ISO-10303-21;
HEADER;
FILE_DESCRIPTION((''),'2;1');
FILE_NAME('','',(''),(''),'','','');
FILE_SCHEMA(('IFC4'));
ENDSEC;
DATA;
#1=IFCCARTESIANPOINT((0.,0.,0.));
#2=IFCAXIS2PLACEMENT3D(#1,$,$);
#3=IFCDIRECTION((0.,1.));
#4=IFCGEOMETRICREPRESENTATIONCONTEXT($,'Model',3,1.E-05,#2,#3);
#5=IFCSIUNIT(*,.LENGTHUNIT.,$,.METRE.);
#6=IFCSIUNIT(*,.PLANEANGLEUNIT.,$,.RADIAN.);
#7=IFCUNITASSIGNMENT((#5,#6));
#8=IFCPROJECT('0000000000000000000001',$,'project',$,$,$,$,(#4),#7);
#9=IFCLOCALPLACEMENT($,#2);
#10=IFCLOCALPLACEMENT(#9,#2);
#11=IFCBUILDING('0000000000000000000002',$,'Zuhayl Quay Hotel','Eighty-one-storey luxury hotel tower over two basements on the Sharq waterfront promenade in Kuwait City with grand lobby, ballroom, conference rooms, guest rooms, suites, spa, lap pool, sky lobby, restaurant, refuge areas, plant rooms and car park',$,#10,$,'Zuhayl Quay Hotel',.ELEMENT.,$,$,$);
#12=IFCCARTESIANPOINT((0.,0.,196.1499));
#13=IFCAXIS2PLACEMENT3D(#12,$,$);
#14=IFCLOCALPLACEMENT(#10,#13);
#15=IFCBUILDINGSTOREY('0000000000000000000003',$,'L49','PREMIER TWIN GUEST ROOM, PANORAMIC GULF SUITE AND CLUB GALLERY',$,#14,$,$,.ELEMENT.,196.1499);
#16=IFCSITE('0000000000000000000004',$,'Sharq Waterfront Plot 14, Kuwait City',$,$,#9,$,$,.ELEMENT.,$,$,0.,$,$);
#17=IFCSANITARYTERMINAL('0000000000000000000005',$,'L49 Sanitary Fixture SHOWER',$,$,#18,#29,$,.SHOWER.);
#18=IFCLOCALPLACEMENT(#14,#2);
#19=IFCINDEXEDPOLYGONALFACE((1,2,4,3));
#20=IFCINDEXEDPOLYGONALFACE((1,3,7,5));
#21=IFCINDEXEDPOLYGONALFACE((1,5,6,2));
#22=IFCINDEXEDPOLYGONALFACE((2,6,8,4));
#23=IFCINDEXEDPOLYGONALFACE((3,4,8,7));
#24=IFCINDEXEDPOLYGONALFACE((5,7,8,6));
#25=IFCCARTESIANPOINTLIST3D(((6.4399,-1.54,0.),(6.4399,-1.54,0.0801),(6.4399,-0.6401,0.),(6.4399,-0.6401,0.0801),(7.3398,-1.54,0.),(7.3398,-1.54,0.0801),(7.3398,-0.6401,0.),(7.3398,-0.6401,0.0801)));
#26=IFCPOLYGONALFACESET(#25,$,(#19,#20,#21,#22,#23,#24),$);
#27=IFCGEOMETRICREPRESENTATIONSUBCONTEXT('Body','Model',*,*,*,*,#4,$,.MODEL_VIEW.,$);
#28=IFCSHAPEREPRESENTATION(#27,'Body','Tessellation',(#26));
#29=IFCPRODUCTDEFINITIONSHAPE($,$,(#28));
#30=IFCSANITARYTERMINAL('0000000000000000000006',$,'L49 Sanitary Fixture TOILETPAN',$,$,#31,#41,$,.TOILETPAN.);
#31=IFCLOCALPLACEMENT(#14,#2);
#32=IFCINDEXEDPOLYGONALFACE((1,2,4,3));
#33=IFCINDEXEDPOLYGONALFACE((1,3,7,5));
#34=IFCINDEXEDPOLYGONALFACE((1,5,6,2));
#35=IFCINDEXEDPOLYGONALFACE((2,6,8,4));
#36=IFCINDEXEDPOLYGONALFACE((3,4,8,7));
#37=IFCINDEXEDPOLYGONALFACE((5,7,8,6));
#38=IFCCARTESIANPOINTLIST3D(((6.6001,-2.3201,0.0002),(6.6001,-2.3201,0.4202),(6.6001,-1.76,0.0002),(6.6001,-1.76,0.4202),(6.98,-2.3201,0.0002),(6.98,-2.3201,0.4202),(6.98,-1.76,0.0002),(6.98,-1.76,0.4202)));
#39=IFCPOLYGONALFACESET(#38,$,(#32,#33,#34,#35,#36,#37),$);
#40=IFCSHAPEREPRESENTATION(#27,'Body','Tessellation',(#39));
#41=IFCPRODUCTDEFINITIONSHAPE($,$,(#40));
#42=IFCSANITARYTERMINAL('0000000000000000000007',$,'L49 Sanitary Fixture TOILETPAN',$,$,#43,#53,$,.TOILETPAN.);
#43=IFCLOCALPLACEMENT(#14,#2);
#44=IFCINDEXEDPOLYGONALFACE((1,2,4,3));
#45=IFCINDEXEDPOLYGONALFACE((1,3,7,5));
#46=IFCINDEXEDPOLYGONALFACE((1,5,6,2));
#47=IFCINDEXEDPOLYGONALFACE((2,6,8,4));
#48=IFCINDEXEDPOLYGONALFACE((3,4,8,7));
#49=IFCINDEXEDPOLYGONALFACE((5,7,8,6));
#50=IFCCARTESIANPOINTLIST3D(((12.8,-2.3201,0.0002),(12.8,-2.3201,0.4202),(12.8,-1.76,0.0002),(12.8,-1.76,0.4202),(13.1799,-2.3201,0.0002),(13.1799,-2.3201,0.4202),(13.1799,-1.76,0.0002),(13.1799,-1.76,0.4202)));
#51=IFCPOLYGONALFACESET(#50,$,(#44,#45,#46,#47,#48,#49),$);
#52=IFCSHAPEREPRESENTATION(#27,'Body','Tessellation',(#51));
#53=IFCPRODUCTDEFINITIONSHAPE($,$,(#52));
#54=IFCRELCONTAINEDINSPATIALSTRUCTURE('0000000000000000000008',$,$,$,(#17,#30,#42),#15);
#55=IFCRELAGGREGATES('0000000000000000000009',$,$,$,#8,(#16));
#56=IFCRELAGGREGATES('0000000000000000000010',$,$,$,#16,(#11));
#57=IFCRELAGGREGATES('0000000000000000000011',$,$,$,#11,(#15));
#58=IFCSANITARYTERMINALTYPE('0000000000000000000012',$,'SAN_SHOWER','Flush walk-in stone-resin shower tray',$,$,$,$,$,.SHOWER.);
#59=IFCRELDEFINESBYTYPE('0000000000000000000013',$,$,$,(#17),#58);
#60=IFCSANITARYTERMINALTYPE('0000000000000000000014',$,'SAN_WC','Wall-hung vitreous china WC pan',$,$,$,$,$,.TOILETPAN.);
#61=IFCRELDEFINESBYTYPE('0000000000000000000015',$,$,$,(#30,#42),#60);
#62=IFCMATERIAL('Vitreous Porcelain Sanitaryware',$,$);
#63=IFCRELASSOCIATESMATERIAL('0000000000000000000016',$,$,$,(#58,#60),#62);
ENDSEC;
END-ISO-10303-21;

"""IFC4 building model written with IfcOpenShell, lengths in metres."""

from ifc_helpers import new_model, si_unit, direction, frame, origin, origin_2d, place, context, subcontext, project, spatial, rectangle, extrude, material, type_object, element, save


model = new_model("IFC4")

# Units and contexts
model_context = context("Model", 3, precision=1e-05, world=origin(), true_north=direction((0.0, 1.0)))
body_context = subcontext(model_context, "Body", "Model", "MODEL_VIEW")
ifc_project = project(units=[si_unit("LENGTHUNIT", "METRE"), si_unit("PLANEANGLEUNIT", "RADIAN")], contexts=[model_context])

# Site, building, storey
site_placement = place(None, origin())
site = spatial("IfcSite", under=ifc_project, at=site_placement, Name="Sharq Waterfront Plot 14, Kuwait City", CompositionType="ELEMENT", RefElevation=0.0)
building_placement = place(site_placement, origin())
building = spatial("IfcBuilding", under=site, at=building_placement, Name="Zuhayl Quay Hotel", Description="Eighty-one-storey luxury hotel tower over two basements on the Sharq waterfront promenade in Kuwait City with grand lobby, ballroom, conference rooms, guest rooms, suites, spa, lap pool, sky lobby, restaurant, refuge areas, plant rooms and car park", LongName="Zuhayl Quay Hotel", CompositionType="ELEMENT")
storey_placement = place(building_placement, frame((0.0, 0.0, 196.1499)))
storey = spatial("IfcBuildingStorey", under=building, at=storey_placement, Name="L49", Description="PREMIER TWIN GUEST ROOM, PANORAMIC GULF SUITE AND CLUB GALLERY", CompositionType="ELEMENT", Elevation=196.1499)

# Sanitary terminals
ifc_material_1 = material(Name="Vitreous Porcelain Sanitaryware")
sanitary_terminal_type_1 = type_object("IfcSanitaryTerminalType", Name="SAN_SHOWER", Description="Flush walk-in stone-resin shower tray", PredefinedType="SHOWER", material=ifc_material_1)
sanitary_terminal_1_placement = place(storey_placement, frame((6.8899, -1.0901, 0.0), z_axis=(0.0, 0.0, 1.0), x_axis=(1.0, 0.0, 0.0)))
element("IfcSanitaryTerminal", 1, at=sanitary_terminal_1_placement, inside=storey, type_object=sanitary_terminal_type_1, Name="L49 Sanitary Fixture SHOWER", PredefinedType="SHOWER", context=body_context, shape_type="SweptSolid", body=[
    extrude(rectangle(XDim=0.8999, YDim=0.8999, at=origin_2d()), origin(), (0.0, 0.0, 1.0), 0.0801),
])
sanitary_terminal_type_2 = type_object("IfcSanitaryTerminalType", Name="SAN_WC", Description="Wall-hung vitreous china WC pan", PredefinedType="TOILETPAN", material=ifc_material_1)
for number, where, z_axis, x_axis, name in (
    (2, (6.79, -2.04, 0.0002), (0.0, 0.0, 1.0), (1.0, 0.0, 0.0), "L49 Sanitary Fixture TOILETPAN"),
    (3, (12.99, -2.04, 0.0002), (0.0, 0.0, 1.0), (1.0, 0.0, 0.0), "L49 Sanitary Fixture TOILETPAN"),
):
    element("IfcSanitaryTerminal", number, at=place(storey_placement, frame(where, z_axis=z_axis, x_axis=x_axis)), inside=storey, type_object=sanitary_terminal_type_2, Name=name, PredefinedType="TOILETPAN", context=body_context, shape_type="SweptSolid", body=[
        extrude(rectangle(XDim=0.3799, YDim=0.5601, at=origin_2d()), origin(), (0.0, 0.0, 1.0), 0.4199),
    ])

save(model, "model.ifc")
